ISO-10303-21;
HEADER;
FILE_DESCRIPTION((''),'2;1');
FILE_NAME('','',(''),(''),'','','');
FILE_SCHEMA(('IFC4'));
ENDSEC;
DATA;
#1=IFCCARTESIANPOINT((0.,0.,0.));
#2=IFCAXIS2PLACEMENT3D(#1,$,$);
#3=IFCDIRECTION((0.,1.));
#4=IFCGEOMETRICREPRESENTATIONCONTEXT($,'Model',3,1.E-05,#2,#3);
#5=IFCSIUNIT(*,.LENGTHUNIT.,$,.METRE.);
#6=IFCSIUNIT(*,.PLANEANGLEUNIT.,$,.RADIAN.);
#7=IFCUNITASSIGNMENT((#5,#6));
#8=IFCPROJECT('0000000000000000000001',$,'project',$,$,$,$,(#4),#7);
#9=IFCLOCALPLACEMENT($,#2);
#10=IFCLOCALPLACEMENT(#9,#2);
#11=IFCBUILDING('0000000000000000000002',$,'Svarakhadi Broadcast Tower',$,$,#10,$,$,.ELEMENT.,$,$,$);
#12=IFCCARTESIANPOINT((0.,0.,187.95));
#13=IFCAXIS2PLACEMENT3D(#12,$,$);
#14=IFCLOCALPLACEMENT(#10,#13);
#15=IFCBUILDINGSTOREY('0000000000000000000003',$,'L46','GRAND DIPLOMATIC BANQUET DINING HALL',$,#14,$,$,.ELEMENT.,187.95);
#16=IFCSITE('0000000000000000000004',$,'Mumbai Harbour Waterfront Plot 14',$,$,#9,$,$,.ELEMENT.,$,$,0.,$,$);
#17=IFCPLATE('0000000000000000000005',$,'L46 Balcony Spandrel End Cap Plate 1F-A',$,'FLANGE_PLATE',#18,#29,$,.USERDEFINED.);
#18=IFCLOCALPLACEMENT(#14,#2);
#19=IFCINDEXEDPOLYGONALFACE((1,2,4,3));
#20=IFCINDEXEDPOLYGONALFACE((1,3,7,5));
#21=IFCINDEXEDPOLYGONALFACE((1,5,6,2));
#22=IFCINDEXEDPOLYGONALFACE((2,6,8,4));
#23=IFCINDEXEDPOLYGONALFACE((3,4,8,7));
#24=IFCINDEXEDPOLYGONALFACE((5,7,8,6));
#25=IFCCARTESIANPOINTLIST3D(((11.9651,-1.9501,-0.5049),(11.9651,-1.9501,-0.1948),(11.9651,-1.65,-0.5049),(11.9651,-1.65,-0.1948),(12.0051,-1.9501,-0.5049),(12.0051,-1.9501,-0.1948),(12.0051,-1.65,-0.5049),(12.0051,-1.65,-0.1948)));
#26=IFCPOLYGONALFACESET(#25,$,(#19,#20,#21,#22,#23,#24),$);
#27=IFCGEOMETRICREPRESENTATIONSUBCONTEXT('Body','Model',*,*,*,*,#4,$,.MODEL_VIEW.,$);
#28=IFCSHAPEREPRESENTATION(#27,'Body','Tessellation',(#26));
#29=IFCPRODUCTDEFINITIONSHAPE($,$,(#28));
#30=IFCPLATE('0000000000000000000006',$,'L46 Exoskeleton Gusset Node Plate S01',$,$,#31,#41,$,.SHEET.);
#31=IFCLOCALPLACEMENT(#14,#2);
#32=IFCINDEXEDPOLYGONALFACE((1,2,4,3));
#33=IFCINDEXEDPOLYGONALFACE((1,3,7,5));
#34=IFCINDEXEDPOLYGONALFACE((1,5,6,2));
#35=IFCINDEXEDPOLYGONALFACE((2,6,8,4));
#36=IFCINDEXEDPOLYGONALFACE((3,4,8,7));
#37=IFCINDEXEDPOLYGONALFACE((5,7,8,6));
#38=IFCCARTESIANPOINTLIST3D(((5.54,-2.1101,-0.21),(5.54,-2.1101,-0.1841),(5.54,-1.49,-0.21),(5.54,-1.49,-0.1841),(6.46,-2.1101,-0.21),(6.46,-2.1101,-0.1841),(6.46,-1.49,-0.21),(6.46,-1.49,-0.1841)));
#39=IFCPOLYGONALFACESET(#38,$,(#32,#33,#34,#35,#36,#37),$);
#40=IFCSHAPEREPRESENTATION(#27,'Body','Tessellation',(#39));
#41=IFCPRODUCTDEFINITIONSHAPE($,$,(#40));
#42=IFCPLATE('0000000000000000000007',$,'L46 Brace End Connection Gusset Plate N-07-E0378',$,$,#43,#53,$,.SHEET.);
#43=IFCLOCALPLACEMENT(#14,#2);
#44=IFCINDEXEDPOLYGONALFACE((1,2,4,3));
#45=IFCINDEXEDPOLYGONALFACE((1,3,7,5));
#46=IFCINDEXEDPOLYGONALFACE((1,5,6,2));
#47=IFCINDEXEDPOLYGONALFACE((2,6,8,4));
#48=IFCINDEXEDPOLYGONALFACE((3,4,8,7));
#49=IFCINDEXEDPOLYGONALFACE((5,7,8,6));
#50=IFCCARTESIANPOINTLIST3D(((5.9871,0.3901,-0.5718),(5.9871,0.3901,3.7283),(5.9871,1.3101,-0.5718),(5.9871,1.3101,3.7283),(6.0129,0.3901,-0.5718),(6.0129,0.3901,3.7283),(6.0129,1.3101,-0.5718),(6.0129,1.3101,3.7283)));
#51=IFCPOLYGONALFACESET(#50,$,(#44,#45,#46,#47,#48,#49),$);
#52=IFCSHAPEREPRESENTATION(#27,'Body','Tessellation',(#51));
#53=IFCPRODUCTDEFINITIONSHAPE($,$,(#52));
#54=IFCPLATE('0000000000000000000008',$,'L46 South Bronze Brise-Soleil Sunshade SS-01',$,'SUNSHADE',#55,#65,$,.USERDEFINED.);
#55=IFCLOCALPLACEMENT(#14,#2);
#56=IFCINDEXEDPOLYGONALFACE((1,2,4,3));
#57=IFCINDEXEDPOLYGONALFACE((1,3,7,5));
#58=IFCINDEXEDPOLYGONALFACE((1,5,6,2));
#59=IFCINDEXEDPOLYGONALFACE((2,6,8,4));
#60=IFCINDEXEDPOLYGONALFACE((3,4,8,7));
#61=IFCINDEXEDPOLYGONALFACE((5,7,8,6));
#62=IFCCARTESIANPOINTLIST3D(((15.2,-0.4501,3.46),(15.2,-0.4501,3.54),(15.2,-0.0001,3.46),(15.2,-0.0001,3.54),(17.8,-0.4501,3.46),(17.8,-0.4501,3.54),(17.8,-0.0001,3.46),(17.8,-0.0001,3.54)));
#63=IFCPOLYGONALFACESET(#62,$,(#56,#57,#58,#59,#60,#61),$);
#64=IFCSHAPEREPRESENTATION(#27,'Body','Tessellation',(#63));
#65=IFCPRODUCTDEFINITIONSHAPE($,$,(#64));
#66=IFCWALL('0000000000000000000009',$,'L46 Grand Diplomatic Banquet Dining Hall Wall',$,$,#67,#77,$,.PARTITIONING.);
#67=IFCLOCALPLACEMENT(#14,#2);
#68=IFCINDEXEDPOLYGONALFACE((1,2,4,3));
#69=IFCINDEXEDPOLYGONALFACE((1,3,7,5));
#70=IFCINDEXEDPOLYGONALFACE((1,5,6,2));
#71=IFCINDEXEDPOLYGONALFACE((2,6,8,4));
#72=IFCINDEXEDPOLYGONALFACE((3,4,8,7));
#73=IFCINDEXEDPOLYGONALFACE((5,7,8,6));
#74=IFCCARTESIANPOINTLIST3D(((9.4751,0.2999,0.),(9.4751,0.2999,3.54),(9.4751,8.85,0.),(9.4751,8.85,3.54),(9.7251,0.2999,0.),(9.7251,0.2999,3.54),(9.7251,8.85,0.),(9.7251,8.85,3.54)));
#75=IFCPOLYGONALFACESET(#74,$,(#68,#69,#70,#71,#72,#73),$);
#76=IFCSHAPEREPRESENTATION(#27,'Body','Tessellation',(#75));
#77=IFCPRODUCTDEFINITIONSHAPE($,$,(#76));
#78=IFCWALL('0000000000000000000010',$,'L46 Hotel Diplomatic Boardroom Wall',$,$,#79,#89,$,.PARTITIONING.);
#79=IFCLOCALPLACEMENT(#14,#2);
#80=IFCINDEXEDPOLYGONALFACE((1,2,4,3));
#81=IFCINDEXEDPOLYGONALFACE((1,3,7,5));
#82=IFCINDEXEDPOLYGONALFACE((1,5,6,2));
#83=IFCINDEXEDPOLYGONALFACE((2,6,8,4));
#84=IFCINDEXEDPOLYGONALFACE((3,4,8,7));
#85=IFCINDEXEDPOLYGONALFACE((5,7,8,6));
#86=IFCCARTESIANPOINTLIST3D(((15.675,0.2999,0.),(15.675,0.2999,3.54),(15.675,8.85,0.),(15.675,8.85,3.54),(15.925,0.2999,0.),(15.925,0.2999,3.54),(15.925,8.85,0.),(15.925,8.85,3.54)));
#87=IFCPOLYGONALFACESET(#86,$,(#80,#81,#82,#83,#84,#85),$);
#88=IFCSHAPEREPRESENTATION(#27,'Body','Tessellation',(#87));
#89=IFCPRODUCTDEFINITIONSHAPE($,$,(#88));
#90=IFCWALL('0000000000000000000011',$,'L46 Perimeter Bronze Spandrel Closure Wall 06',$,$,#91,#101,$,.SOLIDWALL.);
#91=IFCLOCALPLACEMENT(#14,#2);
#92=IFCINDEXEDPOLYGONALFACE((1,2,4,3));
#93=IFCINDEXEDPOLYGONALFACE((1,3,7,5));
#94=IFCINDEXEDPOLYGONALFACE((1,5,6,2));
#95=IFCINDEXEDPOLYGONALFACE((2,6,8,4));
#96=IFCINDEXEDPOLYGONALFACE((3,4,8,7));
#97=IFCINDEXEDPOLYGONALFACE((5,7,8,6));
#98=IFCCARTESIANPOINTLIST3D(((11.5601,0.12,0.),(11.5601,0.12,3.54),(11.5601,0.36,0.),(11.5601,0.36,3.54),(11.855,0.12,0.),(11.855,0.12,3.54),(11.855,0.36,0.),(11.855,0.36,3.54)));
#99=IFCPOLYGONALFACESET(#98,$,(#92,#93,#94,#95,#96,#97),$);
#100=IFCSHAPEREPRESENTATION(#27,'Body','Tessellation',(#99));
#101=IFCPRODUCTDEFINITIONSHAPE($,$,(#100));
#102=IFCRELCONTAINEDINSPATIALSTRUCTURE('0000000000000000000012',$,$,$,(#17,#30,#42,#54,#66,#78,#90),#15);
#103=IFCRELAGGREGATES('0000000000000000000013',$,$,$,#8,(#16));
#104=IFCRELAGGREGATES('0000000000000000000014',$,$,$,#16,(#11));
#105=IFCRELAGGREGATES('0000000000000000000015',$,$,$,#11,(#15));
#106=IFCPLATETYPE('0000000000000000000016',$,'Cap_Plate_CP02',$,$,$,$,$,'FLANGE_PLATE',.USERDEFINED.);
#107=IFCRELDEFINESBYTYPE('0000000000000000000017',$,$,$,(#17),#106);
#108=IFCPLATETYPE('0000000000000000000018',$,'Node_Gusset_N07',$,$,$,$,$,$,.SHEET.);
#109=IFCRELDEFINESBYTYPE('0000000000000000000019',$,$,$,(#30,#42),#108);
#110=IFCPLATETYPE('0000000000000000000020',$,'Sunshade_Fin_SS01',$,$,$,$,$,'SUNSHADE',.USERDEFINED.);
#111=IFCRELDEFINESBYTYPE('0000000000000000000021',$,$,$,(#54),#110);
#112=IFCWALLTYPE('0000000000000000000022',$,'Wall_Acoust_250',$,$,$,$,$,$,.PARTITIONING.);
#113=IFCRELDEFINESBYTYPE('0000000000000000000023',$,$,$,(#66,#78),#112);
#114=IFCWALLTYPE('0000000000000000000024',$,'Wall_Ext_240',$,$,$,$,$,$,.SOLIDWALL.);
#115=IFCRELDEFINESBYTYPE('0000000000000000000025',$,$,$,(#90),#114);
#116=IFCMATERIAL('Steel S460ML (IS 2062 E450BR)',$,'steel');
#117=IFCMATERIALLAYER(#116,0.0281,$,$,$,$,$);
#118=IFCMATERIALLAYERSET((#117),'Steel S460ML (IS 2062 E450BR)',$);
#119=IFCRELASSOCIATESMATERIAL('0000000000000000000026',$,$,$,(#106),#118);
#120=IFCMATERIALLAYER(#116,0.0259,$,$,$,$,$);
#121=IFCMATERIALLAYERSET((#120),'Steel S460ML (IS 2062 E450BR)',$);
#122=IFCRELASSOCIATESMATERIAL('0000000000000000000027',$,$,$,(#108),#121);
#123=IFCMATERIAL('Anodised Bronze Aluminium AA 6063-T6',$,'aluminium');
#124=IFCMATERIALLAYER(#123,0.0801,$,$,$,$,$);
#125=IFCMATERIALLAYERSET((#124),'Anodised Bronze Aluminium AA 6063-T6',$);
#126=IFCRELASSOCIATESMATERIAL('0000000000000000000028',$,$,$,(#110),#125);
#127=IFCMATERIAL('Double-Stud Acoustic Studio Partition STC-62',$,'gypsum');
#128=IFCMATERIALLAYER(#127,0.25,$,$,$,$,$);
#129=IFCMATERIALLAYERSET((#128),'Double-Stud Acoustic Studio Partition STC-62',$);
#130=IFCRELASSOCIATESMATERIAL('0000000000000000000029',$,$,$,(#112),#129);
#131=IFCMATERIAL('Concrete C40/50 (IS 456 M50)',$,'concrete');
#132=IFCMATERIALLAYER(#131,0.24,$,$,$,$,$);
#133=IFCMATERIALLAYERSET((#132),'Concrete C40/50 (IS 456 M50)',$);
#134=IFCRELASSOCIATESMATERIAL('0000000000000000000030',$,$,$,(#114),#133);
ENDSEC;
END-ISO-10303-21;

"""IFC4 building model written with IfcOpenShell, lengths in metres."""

from ifc_helpers import new_model, si_unit, direction, frame, frame_2d, origin, origin_2d, place, context, subcontext, project, spatial, rectangle, extrude, material, layer, layer_set, type_object, element, save


model = new_model("IFC4")

# Units and contexts
model_context = context("Model", 3, precision=1e-05, world=origin(), true_north=direction((0.0, 1.0)))
body_context = subcontext(model_context, "Body", "Model", "MODEL_VIEW")
ifc_project = project(units=[si_unit("LENGTHUNIT", "METRE"), si_unit("PLANEANGLEUNIT", "RADIAN")], contexts=[model_context])

# Site, building, storey
site_placement = place(None, origin())
site = spatial("IfcSite", under=ifc_project, at=site_placement, Name="Mumbai Harbour Waterfront Plot 14", CompositionType="ELEMENT", RefElevation=0.0)
building_placement = place(site_placement, origin())
building = spatial("IfcBuilding", under=site, at=building_placement, Name="Svarakhadi Broadcast Tower", CompositionType="ELEMENT")
storey_placement = place(building_placement, frame((0.0, 0.0, 187.95)))
storey = spatial("IfcBuildingStorey", under=building, at=storey_placement, Name="L46", Description="GRAND DIPLOMATIC BANQUET DINING HALL", CompositionType="ELEMENT", Elevation=187.95)

# Shared definitions
ifc_material_1 = material(Name="Steel S460ML (IS 2062 E450BR)", Category="steel")

# Shared definitions
ifc_material_2 = material(Name="Anodised Bronze Aluminium AA 6063-T6", Category="aluminium")

# Plates
ifc_layer_1 = layer(ifc_material_1, 0.0281)
ifc_layer_set_1 = layer_set([ifc_layer_1], Name="Steel S460ML (IS 2062 E450BR)")
plate_type_1 = type_object("IfcPlateType", Name="Cap_Plate_CP02", ElementType="FLANGE_PLATE", PredefinedType="USERDEFINED", material=ifc_layer_set_1)
plate_1_placement = place(storey_placement, frame((11.9851, -1.8, -0.5049), z_axis=(0.0, 0.0, 1.0), x_axis=(1.0, 0.0, 0.0)))
element("IfcPlate", 1, at=plate_1_placement, inside=storey, type_object=plate_type_1, Name="L46 Balcony Spandrel End Cap Plate 1F-A", ObjectType="FLANGE_PLATE", PredefinedType="USERDEFINED", context=body_context, shape_type="SweptSolid", body=[
    extrude(rectangle(XDim=0.04, YDim=0.3, at=origin_2d()), origin(), (0.0, 0.0, 1.0), 0.3101),
])
ifc_layer_2 = layer(ifc_material_1, 0.0259)
ifc_layer_set_2 = layer_set([ifc_layer_2], Name="Steel S460ML (IS 2062 E450BR)")
plate_type_2 = type_object("IfcPlateType", Name="Node_Gusset_N07", PredefinedType="SHEET", material=ifc_layer_set_2)
plate_2_placement = place(storey_placement, frame((6.0, -1.8, -0.21), z_axis=(0.0, 0.0, 1.0), x_axis=(1.0, 0.0, 0.0)))
element("IfcPlate", 2, at=plate_2_placement, inside=storey, type_object=plate_type_2, Name="L46 Exoskeleton Gusset Node Plate S01", PredefinedType="SHEET", context=body_context, shape_type="SweptSolid", body=[
    extrude(rectangle(XDim=0.9199, YDim=0.6201, at=origin_2d()), origin(), (0.0, 0.0, 1.0), 0.0259),
])
plate_3_placement = place(storey_placement, frame((6.0, 0.8501, -0.5718), z_axis=(0.0, 0.0, 1.0), x_axis=(0.0, 1.0, 0.0)))
element("IfcPlate", 3, at=plate_3_placement, inside=storey, type_object=plate_type_2, Name="L46 Brace End Connection Gusset Plate N-07-E0378", PredefinedType="SHEET", context=body_context, shape_type="SweptSolid", body=[
    extrude(rectangle(XDim=0.9199, YDim=0.0259, at=origin_2d()), origin(), (0.0, 0.0, 1.0), 4.3),
])
ifc_layer_3 = layer(ifc_material_2, 0.0801)
ifc_layer_set_3 = layer_set([ifc_layer_3], Name="Anodised Bronze Aluminium AA 6063-T6")
plate_type_3 = type_object("IfcPlateType", Name="Sunshade_Fin_SS01", ElementType="SUNSHADE", PredefinedType="USERDEFINED", material=ifc_layer_set_3)
plate_4_placement = place(storey_placement, frame((16.5, -0.2251, 3.46), z_axis=(0.0, 0.0, 1.0), x_axis=(1.0, 0.0, 0.0)))
element("IfcPlate", 4, at=plate_4_placement, inside=storey, type_object=plate_type_3, Name="L46 South Bronze Brise-Soleil Sunshade SS-01", ObjectType="SUNSHADE", PredefinedType="USERDEFINED", context=body_context, shape_type="SweptSolid", body=[
    extrude(rectangle(XDim=2.6001, YDim=0.45, at=origin_2d()), origin(), (0.0, 0.0, 1.0), 0.0801),
])

# Walls
ifc_material_3 = material(Name="Double-Stud Acoustic Studio Partition STC-62", Category="gypsum")
ifc_layer_4 = layer(ifc_material_3, 0.25)
ifc_layer_set_4 = layer_set([ifc_layer_4], Name="Double-Stud Acoustic Studio Partition STC-62")
wall_type_1 = type_object("IfcWallType", Name="Wall_Acoust_250", PredefinedType="PARTITIONING", material=ifc_layer_set_4)
for number, where, z_axis, x_axis, name in (
    (5, (9.6001, 0.3, 0.0), (0.0, 0.0, 1.0), (0.0, 1.0, 0.0), "L46 Grand Diplomatic Banquet Dining Hall Wall"),
    (6, (15.8, 0.3, 0.0), (0.0, 0.0, 1.0), (0.0, 1.0, 0.0), "L46 Hotel Diplomatic Boardroom Wall"),
):
    element("IfcWall", number, at=place(storey_placement, frame(where, z_axis=z_axis, x_axis=x_axis)), inside=storey, type_object=wall_type_1, Name=name, PredefinedType="PARTITIONING", context=body_context, shape_type="SweptSolid", body=[
        extrude(rectangle(XDim=8.55, YDim=0.25, at=frame_2d((4.2749, 0.0))), origin(), (0.0, 0.0, 1.0), 3.54),
    ])
ifc_material_4 = material(Name="Concrete C40/50 (IS 456 M50)", Category="concrete")
ifc_layer_5 = layer(ifc_material_4, 0.24)
ifc_layer_set_5 = layer_set([ifc_layer_5], Name="Concrete C40/50 (IS 456 M50)")
wall_type_2 = type_object("IfcWallType", Name="Wall_Ext_240", PredefinedType="SOLIDWALL", material=ifc_layer_set_5)
wall_placement = place(storey_placement, frame((11.855, 0.24, 0.0), z_axis=(0.0, 0.0, 1.0), x_axis=(-1.0, 0.0, 0.0)))
element("IfcWall", 7, at=wall_placement, inside=storey, type_object=wall_type_2, Name="L46 Perimeter Bronze Spandrel Closure Wall 06", PredefinedType="SOLIDWALL", context=body_context, shape_type="SweptSolid", body=[
    extrude(rectangle(XDim=0.2949, YDim=0.24, at=frame_2d((0.1475, 0.0))), origin(), (0.0, 0.0, 1.0), 3.54),
])

save(model, "model.ifc")
